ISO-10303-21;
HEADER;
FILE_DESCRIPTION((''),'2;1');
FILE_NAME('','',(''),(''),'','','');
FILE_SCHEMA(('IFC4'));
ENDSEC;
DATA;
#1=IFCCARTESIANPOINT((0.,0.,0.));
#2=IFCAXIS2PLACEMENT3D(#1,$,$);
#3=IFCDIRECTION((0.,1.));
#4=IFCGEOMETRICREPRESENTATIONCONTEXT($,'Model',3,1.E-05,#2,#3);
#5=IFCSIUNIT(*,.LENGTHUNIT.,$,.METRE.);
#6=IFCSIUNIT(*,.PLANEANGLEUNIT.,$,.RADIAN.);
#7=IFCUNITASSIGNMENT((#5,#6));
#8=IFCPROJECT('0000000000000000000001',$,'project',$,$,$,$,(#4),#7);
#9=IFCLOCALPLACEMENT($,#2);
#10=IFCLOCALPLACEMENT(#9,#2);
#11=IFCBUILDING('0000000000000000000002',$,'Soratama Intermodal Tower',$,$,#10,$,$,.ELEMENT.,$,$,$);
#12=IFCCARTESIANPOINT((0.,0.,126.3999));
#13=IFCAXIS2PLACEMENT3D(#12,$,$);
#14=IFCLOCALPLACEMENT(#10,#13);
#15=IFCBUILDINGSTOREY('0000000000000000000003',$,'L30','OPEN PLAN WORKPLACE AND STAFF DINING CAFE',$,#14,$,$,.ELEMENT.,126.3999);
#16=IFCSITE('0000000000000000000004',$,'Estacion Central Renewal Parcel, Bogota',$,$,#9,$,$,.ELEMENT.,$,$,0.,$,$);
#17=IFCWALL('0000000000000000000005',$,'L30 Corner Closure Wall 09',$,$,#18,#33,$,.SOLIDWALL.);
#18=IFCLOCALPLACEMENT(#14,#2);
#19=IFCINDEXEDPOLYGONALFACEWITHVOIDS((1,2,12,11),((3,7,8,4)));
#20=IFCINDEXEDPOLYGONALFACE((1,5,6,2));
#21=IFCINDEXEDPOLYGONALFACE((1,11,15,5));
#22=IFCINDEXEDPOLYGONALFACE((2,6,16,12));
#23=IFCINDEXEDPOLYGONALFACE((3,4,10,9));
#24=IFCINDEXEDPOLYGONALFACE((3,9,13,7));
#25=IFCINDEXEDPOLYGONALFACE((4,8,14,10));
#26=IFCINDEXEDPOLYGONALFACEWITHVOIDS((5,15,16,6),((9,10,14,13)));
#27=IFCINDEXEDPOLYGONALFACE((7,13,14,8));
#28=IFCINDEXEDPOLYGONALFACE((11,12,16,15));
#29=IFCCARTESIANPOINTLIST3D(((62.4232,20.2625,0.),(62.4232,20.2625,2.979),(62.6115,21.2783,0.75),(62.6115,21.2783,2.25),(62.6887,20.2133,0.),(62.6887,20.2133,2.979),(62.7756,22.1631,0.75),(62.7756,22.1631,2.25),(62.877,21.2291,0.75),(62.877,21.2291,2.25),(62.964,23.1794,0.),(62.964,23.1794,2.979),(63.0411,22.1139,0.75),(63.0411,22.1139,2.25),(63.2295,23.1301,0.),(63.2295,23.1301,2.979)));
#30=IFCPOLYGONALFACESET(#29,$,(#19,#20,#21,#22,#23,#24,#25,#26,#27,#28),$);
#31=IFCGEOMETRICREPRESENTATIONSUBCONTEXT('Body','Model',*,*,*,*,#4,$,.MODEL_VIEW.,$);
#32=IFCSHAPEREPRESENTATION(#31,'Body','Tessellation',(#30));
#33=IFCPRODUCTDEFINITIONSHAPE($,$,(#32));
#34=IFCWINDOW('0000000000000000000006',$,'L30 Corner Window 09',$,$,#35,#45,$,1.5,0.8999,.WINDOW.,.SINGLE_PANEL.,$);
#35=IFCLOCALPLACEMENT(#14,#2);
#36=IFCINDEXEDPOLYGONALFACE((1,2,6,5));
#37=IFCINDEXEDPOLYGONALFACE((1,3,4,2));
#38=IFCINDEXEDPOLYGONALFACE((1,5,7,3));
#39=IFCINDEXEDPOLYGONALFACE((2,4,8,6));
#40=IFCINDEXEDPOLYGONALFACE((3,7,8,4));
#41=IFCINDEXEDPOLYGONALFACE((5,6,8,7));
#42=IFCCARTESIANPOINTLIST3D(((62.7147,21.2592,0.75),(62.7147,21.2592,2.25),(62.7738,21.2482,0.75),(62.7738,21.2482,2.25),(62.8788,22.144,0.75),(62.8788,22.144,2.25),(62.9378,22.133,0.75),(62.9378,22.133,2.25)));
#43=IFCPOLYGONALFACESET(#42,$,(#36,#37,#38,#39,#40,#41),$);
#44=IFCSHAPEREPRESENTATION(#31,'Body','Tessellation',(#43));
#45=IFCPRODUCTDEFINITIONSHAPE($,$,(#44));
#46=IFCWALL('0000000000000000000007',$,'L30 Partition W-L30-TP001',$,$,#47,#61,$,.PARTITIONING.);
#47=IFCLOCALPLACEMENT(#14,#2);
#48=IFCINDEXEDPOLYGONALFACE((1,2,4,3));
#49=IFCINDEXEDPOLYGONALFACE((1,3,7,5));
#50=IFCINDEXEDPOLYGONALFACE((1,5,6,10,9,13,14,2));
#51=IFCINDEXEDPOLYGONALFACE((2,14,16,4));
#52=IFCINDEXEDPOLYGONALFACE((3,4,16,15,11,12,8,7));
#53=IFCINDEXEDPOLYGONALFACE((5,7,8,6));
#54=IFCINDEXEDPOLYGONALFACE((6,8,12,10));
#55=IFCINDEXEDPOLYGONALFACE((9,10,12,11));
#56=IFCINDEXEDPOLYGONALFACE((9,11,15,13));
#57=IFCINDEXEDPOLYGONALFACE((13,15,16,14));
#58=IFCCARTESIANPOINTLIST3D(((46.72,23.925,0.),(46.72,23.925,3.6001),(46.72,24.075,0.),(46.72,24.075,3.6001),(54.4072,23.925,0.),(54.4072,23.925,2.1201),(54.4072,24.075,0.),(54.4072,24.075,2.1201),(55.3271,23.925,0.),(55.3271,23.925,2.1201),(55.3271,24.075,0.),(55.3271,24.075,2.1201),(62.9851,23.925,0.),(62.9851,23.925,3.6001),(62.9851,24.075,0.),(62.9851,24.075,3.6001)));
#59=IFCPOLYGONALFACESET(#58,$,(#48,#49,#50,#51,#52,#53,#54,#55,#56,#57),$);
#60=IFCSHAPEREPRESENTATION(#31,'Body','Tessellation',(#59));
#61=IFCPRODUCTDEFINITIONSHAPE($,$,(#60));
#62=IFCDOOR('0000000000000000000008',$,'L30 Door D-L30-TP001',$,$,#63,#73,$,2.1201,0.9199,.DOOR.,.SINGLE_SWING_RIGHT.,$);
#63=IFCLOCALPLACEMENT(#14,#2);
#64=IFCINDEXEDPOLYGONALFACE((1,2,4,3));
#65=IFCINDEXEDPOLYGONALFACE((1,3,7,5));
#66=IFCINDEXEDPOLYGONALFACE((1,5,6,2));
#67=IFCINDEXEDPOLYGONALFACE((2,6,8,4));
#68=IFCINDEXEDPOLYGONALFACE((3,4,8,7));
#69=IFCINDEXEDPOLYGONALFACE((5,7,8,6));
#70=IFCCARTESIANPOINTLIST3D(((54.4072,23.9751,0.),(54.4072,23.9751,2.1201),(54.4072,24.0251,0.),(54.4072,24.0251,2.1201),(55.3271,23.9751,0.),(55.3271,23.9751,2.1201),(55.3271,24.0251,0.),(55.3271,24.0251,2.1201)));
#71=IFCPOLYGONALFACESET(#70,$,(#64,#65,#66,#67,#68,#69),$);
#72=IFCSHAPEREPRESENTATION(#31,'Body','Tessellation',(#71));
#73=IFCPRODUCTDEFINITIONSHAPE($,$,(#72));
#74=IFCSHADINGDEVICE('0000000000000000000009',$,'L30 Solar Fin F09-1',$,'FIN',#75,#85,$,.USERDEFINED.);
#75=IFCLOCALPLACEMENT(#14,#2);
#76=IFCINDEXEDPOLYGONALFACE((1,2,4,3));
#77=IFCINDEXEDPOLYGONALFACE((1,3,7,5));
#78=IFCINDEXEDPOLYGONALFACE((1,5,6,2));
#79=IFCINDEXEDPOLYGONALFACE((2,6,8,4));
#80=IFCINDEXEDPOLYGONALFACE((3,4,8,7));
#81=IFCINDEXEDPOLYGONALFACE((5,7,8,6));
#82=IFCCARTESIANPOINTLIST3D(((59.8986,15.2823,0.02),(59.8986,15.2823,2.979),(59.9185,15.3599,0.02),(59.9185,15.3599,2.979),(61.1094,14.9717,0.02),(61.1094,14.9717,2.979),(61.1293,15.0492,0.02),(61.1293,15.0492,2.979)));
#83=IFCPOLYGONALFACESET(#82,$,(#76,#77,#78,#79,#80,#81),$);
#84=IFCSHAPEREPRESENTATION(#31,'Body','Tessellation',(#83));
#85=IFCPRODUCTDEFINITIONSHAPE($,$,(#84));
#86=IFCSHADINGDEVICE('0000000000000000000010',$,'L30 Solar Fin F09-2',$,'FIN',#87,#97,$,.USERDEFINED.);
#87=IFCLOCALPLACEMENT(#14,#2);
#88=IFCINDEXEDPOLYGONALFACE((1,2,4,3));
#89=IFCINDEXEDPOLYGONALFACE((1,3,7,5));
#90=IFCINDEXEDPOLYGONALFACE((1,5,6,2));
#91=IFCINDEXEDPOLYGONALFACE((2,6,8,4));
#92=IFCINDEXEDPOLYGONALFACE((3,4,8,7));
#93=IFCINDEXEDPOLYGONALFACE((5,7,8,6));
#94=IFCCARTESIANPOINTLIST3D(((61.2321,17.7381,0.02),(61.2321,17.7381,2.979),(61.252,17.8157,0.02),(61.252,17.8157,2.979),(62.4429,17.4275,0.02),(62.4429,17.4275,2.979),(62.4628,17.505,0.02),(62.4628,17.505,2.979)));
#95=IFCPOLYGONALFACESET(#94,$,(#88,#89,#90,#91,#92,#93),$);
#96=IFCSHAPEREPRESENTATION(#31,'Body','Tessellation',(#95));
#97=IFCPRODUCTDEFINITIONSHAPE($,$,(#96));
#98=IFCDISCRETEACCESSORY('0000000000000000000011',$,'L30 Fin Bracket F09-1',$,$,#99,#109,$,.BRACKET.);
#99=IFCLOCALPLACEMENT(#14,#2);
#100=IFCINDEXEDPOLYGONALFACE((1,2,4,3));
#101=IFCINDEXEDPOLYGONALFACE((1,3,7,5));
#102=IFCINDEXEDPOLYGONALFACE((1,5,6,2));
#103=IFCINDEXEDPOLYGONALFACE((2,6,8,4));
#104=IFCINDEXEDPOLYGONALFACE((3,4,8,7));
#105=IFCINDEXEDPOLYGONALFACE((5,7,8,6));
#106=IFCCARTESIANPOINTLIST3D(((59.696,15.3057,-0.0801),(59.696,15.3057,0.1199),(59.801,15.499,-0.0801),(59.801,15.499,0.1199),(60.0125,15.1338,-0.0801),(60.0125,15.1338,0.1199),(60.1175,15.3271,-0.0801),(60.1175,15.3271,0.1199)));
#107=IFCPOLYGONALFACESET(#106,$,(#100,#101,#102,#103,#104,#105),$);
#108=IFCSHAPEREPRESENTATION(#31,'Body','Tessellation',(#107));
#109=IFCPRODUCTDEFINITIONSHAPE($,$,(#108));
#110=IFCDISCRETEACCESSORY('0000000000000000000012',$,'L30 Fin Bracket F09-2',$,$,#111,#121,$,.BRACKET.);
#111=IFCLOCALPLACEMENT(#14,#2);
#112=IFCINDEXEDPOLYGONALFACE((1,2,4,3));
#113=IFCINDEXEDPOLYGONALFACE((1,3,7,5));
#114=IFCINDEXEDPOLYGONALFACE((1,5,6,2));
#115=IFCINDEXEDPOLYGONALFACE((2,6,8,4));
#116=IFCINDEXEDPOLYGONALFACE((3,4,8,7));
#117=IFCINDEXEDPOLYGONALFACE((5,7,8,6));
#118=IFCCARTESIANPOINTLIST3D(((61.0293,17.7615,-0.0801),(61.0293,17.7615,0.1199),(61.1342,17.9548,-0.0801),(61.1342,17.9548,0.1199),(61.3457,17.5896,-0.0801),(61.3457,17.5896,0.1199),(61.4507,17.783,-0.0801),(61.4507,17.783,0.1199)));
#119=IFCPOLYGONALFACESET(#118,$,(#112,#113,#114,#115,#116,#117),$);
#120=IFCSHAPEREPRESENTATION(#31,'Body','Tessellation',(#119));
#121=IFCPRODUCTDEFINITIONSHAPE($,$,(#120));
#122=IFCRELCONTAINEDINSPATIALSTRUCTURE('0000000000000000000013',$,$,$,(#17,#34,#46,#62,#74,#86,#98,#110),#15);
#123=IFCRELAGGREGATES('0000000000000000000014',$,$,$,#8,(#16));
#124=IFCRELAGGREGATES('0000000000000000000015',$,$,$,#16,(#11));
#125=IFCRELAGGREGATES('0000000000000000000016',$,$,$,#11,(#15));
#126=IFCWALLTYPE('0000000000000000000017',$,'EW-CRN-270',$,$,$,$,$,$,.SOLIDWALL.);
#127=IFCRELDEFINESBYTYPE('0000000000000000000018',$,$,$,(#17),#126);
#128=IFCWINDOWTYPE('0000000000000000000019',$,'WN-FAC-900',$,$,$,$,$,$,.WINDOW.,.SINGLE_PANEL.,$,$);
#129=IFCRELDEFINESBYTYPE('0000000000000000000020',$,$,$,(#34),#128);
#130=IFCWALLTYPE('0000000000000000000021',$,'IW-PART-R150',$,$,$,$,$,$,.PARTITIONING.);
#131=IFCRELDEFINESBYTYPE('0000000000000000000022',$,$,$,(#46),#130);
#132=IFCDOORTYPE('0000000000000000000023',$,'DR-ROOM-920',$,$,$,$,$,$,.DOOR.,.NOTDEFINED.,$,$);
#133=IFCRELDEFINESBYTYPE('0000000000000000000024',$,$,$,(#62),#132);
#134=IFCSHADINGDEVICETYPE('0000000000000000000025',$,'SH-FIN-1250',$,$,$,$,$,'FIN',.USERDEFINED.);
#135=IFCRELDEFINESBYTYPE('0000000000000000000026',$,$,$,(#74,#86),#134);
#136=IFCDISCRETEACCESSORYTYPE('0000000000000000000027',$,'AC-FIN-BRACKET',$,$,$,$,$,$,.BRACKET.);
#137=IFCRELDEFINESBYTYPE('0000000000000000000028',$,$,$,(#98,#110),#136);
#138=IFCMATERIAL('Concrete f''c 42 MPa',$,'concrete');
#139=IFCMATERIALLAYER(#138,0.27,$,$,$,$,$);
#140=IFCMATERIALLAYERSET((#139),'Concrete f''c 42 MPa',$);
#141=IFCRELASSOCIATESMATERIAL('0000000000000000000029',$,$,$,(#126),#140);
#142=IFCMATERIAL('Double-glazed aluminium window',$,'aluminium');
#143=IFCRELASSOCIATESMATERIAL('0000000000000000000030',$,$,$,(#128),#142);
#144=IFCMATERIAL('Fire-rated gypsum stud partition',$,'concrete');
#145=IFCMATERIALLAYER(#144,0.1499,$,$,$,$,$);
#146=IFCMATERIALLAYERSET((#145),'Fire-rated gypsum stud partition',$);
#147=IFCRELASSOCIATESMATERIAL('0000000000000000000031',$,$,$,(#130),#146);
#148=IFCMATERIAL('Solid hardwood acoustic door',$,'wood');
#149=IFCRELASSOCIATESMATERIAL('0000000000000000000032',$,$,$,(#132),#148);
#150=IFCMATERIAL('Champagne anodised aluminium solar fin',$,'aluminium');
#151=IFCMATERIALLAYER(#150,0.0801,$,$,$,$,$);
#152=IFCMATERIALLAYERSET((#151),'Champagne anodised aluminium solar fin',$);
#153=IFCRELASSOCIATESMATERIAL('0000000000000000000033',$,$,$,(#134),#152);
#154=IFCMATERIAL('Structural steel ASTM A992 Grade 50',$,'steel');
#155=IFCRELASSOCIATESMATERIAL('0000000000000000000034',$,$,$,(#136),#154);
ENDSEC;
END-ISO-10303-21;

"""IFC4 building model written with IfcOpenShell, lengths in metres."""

from ifc_helpers import new_model, si_unit, direction, frame, frame_2d, origin, origin_2d, place, context, subcontext, project, spatial, rectangle, extrude, material, layer, layer_set, type_object, element, fill, save


model = new_model("IFC4")

# Units and contexts
model_context = context("Model", 3, precision=1e-05, world=origin(), true_north=direction((0.0, 1.0)))
body_context = subcontext(model_context, "Body", "Model", "MODEL_VIEW")
ifc_project = project(units=[si_unit("LENGTHUNIT", "METRE"), si_unit("PLANEANGLEUNIT", "RADIAN")], contexts=[model_context])

# Site, building, storey
site_placement = place(None, origin())
site = spatial("IfcSite", under=ifc_project, at=site_placement, Name="Estacion Central Renewal Parcel, Bogota", CompositionType="ELEMENT", RefElevation=0.0)
building_placement = place(site_placement, origin())
building = spatial("IfcBuilding", under=site, at=building_placement, Name="Soratama Intermodal Tower", CompositionType="ELEMENT")
storey_placement = place(building_placement, frame((0.0, 0.0, 126.3999)))
storey = spatial("IfcBuildingStorey", under=building, at=storey_placement, Name="L30", Description="OPEN PLAN WORKPLACE AND STAFF DINING CAFE", CompositionType="ELEMENT", Elevation=126.3999)

# Wall, opening, window
ifc_material_1 = material(Name="Concrete f'c 42 MPa", Category="concrete")
ifc_layer_1 = layer(ifc_material_1, 0.27)
ifc_layer_set_1 = layer_set([ifc_layer_1], Name="Concrete f'c 42 MPa")
wall_type_1 = type_object("IfcWallType", Name="EW-CRN-270", PredefinedType="SOLIDWALL", material=ifc_layer_set_1)
wall_1_placement = place(storey_placement, frame((62.5559, 20.2378, 0.0), z_axis=(0.0, 0.0, 1.0), x_axis=(0.182296, 0.983244, 0.0)))
wall_1 = element("IfcWall", 1, at=wall_1_placement, inside=storey, type_object=wall_type_1, Name="L30 Corner Closure Wall 09", PredefinedType="SOLIDWALL", context=body_context, shape_type="SweptSolid", body=[
    extrude(rectangle(XDim=2.9666, YDim=0.27, at=frame_2d((1.4834, 0.0))), origin(), (0.0, 0.0, 1.0), 2.979),
])
opening_1_placement = place(wall_1_placement, frame((1.0332, 0.0, 0.75)))
opening_1 = element("IfcOpeningElement", 2, at=opening_1_placement, cuts=wall_1, PredefinedType="OPENING", context=body_context, shape_type="SweptSolid", body=[
    extrude(rectangle(XDim=0.8999, YDim=1.5, at=frame_2d((0.45, 0.75))), frame((0.0, 0.145, 0.0), z_axis=(0.0, -1.0, 0.0), x_axis=(1.0, 0.0, 0.0)), (0.0, 0.0, 1.0), 0.29),
])
ifc_material_2 = material(Name="Double-glazed aluminium window", Category="aluminium")
window_type_1 = type_object("IfcWindowType", Name="WN-FAC-900", PartitioningType="SINGLE_PANEL", PredefinedType="WINDOW", material=ifc_material_2)
window_1_placement = place(opening_1_placement, origin())
window_1 = element("IfcWindow", 3, at=window_1_placement, inside=storey, type_object=window_type_1, Name="L30 Corner Window 09", OverallHeight=1.5, OverallWidth=0.8999, PartitioningType="SINGLE_PANEL", PredefinedType="WINDOW", context=body_context, shape_type="SweptSolid", body=[
    extrude(rectangle(XDim=0.8999, YDim=1.5, at=frame_2d((0.45, 0.75))), frame((0.0, 0.03, 0.0), z_axis=(0.0, -1.0, 0.0), x_axis=(1.0, 0.0, 0.0)), (0.0, 0.0, 1.0), 0.0601),
])
fill(opening_1, window_1)

# Wall, opening, door
ifc_material_3 = material(Name="Fire-rated gypsum stud partition", Category="concrete")
ifc_layer_2 = layer(ifc_material_3, 0.1499)
ifc_layer_set_2 = layer_set([ifc_layer_2], Name="Fire-rated gypsum stud partition")
wall_type_2 = type_object("IfcWallType", Name="IW-PART-R150", PredefinedType="PARTITIONING", material=ifc_layer_set_2)
wall_2_placement = place(storey_placement, frame((62.9851, 24.0, 0.0), z_axis=(0.0, 0.0, 1.0), x_axis=(-1.0, 0.0, 0.0)))
wall_2 = element("IfcWall", 4, at=wall_2_placement, inside=storey, type_object=wall_type_2, Name="L30 Partition W-L30-TP001", PredefinedType="PARTITIONING", context=body_context, shape_type="SweptSolid", body=[
    extrude(rectangle(XDim=16.2651, YDim=0.1499, at=frame_2d((8.1326, 0.0))), origin(), (0.0, 0.0, 1.0), 3.6001),
])
opening_2_placement = place(wall_2_placement, frame((7.658, 0.0, 0.0)))
opening_2 = element("IfcOpeningElement", 5, at=opening_2_placement, cuts=wall_2, PredefinedType="OPENING", context=body_context, shape_type="SweptSolid", body=[
    extrude(rectangle(XDim=0.9199, YDim=2.1201, at=frame_2d((0.46, 1.0601))), frame((0.0, 0.085, 0.0), z_axis=(0.0, -1.0, 0.0), x_axis=(1.0, 0.0, 0.0)), (0.0, 0.0, 1.0), 0.1699),
])
ifc_material_4 = material(Name="Solid hardwood acoustic door", Category="wood")
door_type_1 = type_object("IfcDoorType", Name="DR-ROOM-920", OperationType="NOTDEFINED", PredefinedType="DOOR", material=ifc_material_4)
door_1_placement = place(opening_2_placement, origin())
door_1 = element("IfcDoor", 6, at=door_1_placement, inside=storey, type_object=door_type_1, Name="L30 Door D-L30-TP001", OperationType="SINGLE_SWING_RIGHT", OverallHeight=2.1201, OverallWidth=0.9199, PredefinedType="DOOR", context=body_context, shape_type="SweptSolid", body=[
    extrude(rectangle(XDim=0.9199, YDim=2.1201, at=frame_2d((0.46, 1.0601))), frame((0.0, 0.0249, 0.0), z_axis=(0.0, -1.0, 0.0), x_axis=(1.0, 0.0, 0.0)), (0.0, 0.0, 1.0), 0.05),
])
fill(opening_2, door_1)

# Shading devices
ifc_material_5 = material(Name="Champagne anodised aluminium solar fin", Category="aluminium")
ifc_layer_3 = layer(ifc_material_5, 0.0801)
ifc_layer_set_3 = layer_set([ifc_layer_3], Name="Champagne anodised aluminium solar fin")
shading_device_type = type_object("IfcShadingDeviceType", Name="SH-FIN-1250", ElementType="FIN", PredefinedType="USERDEFINED", material=ifc_layer_set_3)
for number, where, z_axis, x_axis, name in (
    (7, (60.5139, 15.1658, 0.02), (0.0, 0.0, 1.0), (0.968627, -0.248521, 0.0), "L30 Solar Fin F09-1"),
    (8, (61.8474, 17.6216, 0.02), (0.0, 0.0, 1.0), (0.968627, -0.248521, 0.0), "L30 Solar Fin F09-2"),
):
    element("IfcShadingDevice", number, at=place(storey_placement, frame(where, z_axis=z_axis, x_axis=x_axis)), inside=storey, type_object=shading_device_type, Name=name, ObjectType="FIN", PredefinedType="USERDEFINED", context=body_context, shape_type="SweptSolid", body=[
        extrude(rectangle(XDim=1.25, YDim=0.0801, at=origin_2d()), origin(), (0.0, 0.0, 1.0), 2.959),
    ])

# Discrete accessories
ifc_material_6 = material(Name="Structural steel ASTM A992 Grade 50", Category="steel")
discrete_accessory_type = type_object("IfcDiscreteAccessoryType", Name="AC-FIN-BRACKET", PredefinedType="BRACKET", material=ifc_material_6)
for number, where, z_axis, x_axis, name in (
    (9, (59.9067, 15.3164, -0.0801), (0.0, 0.0, 1.0), (0.878817, -0.477159, 0.0), "L30 Fin Bracket F09-1"),
    (10, (61.24, 17.7722, -0.0801), (0.0, 0.0, 1.0), (0.878817, -0.477159, 0.0), "L30 Fin Bracket F09-2"),
):
    element("IfcDiscreteAccessory", number, at=place(storey_placement, frame(where, z_axis=z_axis, x_axis=x_axis)), inside=storey, type_object=discrete_accessory_type, Name=name, PredefinedType="BRACKET", context=body_context, shape_type="SweptSolid", body=[
        extrude(rectangle(XDim=0.3601, YDim=0.22, at=origin_2d()), origin(), (0.0, 0.0, 1.0), 0.2),
    ])

save(model, "model.ifc")
